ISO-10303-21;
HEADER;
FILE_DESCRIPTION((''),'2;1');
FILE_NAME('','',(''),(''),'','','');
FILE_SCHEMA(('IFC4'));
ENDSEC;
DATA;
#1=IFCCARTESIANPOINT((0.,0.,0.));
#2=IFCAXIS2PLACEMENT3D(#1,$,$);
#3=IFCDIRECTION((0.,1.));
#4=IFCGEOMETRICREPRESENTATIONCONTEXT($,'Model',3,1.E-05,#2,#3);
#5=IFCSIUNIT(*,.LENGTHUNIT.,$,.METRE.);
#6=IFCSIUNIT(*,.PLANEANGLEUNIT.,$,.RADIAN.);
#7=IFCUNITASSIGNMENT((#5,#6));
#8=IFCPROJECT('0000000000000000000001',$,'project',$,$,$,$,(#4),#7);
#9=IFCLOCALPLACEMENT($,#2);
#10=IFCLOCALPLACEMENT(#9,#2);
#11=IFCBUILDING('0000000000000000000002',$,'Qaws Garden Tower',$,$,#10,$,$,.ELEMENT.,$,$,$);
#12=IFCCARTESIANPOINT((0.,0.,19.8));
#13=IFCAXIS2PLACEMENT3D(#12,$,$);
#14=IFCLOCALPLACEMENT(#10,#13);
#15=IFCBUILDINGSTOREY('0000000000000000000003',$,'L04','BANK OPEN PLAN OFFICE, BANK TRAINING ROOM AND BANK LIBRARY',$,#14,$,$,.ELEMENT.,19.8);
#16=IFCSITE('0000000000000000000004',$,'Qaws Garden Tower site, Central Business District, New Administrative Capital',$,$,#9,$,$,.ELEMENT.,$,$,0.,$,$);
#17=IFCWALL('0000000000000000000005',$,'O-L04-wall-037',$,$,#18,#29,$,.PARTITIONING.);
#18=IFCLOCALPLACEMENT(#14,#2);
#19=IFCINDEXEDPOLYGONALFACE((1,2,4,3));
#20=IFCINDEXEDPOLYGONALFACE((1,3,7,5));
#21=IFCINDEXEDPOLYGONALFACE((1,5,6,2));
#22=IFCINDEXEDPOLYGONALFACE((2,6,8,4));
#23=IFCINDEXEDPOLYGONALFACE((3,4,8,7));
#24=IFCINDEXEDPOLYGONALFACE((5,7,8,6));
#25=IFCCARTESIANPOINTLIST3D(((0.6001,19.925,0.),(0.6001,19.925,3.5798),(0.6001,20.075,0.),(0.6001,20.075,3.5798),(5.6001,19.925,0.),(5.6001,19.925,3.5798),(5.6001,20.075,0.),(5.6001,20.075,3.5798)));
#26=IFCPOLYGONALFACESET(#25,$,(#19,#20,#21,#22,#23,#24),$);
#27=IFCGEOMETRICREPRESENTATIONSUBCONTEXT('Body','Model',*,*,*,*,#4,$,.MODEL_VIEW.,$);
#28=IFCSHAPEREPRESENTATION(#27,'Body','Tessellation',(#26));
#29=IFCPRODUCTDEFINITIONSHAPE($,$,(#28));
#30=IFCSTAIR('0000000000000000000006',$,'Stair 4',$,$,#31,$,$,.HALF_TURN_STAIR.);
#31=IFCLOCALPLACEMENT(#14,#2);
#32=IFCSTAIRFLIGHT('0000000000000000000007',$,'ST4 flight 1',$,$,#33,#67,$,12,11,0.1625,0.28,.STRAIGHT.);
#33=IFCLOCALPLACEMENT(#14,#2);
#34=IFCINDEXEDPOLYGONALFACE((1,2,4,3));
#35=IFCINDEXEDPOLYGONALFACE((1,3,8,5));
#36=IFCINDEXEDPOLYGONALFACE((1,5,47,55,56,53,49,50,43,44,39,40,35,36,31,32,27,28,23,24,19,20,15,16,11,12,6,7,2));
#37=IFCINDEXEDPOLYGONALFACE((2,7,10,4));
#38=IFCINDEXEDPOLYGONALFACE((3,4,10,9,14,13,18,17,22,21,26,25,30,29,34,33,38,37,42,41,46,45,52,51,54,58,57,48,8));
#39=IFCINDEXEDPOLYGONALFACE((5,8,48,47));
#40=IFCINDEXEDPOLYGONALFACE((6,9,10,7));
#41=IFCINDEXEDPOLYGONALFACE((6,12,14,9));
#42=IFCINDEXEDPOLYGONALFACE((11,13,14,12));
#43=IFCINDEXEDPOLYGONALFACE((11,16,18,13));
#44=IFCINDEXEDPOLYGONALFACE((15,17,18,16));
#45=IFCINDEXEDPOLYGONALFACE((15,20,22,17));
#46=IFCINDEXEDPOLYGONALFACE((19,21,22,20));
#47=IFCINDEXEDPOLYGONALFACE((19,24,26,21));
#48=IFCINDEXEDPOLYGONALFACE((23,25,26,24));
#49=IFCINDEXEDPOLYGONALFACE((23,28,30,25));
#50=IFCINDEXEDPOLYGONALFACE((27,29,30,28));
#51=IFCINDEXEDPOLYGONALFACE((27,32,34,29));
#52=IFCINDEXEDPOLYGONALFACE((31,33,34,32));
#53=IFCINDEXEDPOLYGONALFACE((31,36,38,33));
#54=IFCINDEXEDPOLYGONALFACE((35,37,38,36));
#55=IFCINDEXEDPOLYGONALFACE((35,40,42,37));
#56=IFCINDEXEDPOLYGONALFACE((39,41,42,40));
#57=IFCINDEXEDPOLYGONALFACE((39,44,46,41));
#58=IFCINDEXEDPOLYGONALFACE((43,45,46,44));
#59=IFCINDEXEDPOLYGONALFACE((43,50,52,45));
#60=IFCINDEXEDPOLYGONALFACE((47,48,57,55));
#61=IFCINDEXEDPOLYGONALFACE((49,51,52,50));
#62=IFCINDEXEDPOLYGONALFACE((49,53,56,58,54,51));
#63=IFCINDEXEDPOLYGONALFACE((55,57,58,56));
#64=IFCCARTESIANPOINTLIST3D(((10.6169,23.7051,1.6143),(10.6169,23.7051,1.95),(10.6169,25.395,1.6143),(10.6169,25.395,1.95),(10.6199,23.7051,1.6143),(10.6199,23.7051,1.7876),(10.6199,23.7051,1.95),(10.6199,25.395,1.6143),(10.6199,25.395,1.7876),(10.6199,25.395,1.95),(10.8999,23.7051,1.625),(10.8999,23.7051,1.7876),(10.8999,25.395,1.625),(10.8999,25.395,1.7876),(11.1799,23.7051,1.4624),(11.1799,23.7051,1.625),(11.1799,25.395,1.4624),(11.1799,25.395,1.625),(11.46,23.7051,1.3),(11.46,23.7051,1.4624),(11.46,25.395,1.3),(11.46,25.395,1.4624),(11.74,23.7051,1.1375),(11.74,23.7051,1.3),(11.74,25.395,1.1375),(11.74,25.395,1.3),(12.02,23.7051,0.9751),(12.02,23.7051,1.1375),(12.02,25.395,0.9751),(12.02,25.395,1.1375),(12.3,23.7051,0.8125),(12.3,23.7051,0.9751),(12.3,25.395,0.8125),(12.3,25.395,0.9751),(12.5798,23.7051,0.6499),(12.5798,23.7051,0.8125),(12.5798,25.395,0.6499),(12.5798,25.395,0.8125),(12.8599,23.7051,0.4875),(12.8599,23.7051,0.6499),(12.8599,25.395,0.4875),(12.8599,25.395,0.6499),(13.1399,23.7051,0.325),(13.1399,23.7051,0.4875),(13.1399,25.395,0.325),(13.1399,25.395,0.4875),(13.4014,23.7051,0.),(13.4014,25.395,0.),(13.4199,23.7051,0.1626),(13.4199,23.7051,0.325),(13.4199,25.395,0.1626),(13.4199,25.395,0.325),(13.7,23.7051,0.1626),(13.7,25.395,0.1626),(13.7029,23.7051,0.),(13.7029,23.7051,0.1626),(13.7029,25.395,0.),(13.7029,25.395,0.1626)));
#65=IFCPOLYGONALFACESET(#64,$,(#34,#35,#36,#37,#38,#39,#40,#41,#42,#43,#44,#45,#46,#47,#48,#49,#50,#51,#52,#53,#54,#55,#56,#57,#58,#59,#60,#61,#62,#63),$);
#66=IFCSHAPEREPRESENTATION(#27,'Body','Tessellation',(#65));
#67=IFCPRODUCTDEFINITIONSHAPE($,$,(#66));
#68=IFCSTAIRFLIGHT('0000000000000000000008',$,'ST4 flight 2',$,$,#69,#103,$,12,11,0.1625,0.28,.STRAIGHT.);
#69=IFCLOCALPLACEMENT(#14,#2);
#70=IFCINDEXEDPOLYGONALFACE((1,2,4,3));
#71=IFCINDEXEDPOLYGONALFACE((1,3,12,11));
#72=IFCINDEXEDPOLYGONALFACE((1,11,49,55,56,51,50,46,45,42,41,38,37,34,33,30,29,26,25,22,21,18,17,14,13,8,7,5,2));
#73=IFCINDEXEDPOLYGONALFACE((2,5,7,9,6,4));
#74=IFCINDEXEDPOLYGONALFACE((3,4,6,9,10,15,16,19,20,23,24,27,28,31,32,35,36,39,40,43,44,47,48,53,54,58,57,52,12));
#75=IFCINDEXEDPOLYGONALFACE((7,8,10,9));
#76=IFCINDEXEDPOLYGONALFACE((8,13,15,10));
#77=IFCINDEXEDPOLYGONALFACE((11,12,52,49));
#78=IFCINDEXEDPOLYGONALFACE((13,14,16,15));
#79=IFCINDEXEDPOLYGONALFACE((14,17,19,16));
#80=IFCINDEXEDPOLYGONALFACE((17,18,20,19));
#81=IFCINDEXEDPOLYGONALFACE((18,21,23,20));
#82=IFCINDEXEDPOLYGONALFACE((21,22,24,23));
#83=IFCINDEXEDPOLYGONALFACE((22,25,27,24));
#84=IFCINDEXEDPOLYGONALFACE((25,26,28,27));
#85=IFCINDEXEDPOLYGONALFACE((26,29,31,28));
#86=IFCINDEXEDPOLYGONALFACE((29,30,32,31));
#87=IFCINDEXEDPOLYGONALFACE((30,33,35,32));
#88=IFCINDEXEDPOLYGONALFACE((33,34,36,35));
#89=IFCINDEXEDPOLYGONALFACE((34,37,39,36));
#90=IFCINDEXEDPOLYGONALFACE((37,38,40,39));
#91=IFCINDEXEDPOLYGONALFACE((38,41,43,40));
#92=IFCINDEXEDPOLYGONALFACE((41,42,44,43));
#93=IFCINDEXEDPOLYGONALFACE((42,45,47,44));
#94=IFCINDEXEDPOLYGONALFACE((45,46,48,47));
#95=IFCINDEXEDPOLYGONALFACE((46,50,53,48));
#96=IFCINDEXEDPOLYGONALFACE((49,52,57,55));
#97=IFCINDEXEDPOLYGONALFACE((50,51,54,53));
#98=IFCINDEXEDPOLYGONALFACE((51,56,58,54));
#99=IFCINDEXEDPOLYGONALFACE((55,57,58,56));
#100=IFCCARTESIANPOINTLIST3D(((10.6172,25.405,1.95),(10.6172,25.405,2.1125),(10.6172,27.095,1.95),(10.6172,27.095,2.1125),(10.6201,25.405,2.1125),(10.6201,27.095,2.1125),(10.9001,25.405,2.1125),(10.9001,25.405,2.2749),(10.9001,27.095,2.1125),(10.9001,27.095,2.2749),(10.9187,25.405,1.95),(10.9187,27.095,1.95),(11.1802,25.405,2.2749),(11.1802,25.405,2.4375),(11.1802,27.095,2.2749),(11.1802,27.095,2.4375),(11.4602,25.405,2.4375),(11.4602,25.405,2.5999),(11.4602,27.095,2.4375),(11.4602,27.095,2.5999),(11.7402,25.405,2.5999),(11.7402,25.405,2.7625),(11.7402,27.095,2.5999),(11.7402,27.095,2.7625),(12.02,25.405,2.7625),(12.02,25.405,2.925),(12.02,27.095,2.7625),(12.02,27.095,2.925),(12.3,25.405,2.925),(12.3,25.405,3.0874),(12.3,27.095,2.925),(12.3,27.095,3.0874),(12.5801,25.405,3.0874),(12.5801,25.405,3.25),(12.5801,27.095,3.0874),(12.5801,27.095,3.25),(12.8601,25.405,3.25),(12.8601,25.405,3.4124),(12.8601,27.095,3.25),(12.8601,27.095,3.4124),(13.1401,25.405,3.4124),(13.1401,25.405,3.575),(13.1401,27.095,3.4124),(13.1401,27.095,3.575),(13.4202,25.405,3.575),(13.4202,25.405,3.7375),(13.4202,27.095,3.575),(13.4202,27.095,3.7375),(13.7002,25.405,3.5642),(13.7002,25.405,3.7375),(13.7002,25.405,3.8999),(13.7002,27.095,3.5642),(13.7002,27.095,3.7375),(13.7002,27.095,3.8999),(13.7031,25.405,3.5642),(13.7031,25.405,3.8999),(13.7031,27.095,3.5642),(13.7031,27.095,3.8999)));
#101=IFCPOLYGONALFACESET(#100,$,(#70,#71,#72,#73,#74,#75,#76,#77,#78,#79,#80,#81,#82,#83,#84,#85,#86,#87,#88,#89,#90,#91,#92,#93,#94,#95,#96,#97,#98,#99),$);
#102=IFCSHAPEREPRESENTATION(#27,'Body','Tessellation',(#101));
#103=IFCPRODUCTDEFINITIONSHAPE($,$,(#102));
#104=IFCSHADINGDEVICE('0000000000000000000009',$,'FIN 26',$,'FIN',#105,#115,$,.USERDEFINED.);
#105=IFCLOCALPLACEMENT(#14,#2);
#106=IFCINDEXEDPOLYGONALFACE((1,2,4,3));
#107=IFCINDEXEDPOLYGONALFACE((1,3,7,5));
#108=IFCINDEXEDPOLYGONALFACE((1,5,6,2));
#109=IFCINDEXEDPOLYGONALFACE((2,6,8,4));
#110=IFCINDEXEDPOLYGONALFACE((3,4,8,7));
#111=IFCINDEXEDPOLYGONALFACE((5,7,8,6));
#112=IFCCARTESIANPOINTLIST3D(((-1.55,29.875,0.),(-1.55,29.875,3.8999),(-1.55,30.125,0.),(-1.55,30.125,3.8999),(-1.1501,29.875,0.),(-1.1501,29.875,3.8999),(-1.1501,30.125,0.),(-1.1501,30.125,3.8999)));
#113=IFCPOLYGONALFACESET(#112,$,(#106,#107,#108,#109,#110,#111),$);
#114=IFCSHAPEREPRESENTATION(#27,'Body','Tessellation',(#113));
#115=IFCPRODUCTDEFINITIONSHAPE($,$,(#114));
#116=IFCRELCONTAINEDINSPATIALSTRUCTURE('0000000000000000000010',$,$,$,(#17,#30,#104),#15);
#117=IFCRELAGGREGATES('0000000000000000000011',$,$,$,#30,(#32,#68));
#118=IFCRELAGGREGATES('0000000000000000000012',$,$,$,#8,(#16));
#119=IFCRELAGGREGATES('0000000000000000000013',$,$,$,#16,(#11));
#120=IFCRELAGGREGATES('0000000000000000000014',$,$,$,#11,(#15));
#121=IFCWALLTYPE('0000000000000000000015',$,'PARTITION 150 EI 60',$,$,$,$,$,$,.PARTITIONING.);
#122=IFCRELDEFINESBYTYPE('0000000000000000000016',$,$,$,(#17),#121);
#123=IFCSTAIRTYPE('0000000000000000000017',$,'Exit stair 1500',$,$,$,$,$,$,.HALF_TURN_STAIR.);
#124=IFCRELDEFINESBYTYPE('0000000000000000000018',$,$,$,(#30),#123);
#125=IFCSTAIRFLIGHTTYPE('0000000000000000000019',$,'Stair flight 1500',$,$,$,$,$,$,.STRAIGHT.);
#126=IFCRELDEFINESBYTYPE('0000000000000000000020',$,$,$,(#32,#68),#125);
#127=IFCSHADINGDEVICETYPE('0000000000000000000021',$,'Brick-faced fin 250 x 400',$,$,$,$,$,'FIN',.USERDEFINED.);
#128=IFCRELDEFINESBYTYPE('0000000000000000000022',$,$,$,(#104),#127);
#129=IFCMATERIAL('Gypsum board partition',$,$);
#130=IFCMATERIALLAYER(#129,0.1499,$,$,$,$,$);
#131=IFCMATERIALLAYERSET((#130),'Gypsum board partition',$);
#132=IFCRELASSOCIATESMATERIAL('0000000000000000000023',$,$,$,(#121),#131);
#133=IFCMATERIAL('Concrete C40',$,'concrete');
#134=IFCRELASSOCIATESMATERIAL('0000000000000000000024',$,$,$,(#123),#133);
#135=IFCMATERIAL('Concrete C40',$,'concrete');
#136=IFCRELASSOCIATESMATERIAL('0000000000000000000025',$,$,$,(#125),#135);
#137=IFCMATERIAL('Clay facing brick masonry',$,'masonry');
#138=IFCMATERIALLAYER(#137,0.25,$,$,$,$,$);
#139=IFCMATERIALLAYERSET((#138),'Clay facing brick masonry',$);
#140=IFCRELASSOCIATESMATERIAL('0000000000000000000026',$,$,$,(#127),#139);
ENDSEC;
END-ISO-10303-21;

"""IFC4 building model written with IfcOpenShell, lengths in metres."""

from ifc_helpers import new_model, si_unit, direction, frame, frame_2d, origin, origin_2d, place, context, subcontext, project, spatial, polyline, rectangle, outline, extrude, material, layer, layer_set, type_object, element, aggregate, save


model = new_model("IFC4")

# Units and contexts
model_context = context("Model", 3, precision=1e-05, world=origin(), true_north=direction((0.0, 1.0)))
body_context = subcontext(model_context, "Body", "Model", "MODEL_VIEW")
ifc_project = project(units=[si_unit("LENGTHUNIT", "METRE"), si_unit("PLANEANGLEUNIT", "RADIAN")], contexts=[model_context])

# Site, building, storey
site_placement = place(None, origin())
site = spatial("IfcSite", under=ifc_project, at=site_placement, Name="Qaws Garden Tower site, Central Business District, New Administrative Capital", CompositionType="ELEMENT", RefElevation=0.0)
building_placement = place(site_placement, origin())
building = spatial("IfcBuilding", under=site, at=building_placement, Name="Qaws Garden Tower", CompositionType="ELEMENT")
storey_placement = place(building_placement, frame((0.0, 0.0, 19.8)))
storey = spatial("IfcBuildingStorey", under=building, at=storey_placement, Name="L04", Description="BANK OPEN PLAN OFFICE, BANK TRAINING ROOM AND BANK LIBRARY", CompositionType="ELEMENT", Elevation=19.8)

# Wall
ifc_material_1 = material(Name="Gypsum board partition")
ifc_layer_1 = layer(ifc_material_1, 0.1499)
ifc_layer_set_1 = layer_set([ifc_layer_1], Name="Gypsum board partition")
wall_type_1 = type_object("IfcWallType", Name="PARTITION 150 EI 60", PredefinedType="PARTITIONING", material=ifc_layer_set_1)
wall_1_placement = place(storey_placement, frame((0.6001, 20.0, 0.0), z_axis=(0.0, 0.0, 1.0), x_axis=(1.0, 0.0, 0.0)))
element("IfcWall", 1, at=wall_1_placement, inside=storey, type_object=wall_type_1, Name="O-L04-wall-037", PredefinedType="PARTITIONING", context=body_context, shape_type="SweptSolid", body=[
    extrude(rectangle(XDim=5.0, YDim=0.1499, at=frame_2d((2.5, 0.0))), origin(), (0.0, 0.0, 1.0), 3.5798),
])

# Stair, stair flights
ifc_material_2 = material(Name="Concrete C40", Category="concrete")
stair_type = type_object("IfcStairType", Name="Exit stair 1500", PredefinedType="HALF_TURN_STAIR", material=ifc_material_2)
stair_placement = place(storey_placement, origin())
stair = element("IfcStair", 2, at=stair_placement, inside=storey, type_object=stair_type, Name="Stair 4", PredefinedType="HALF_TURN_STAIR")
ifc_material_3 = material(Name="Concrete C40", Category="concrete")
stair_flight_type = type_object("IfcStairFlightType", Name="Stair flight 1500", PredefinedType="STRAIGHT", material=ifc_material_3)
stair_flight_1_placement = place(storey_placement, frame((13.7, 24.55, 0.0), z_axis=(0.0, 0.0, 1.0), x_axis=(-1.0, 0.0, 0.0)))
stair_flight_1 = element("IfcStairFlight", 3, at=stair_flight_1_placement, type_object=stair_flight_type, Name="ST4 flight 1", NumberOfRisers=12, NumberOfTreads=11, PredefinedType="STRAIGHT", RiserHeight=0.1625, TreadLength=0.28, context=body_context, shape_type="SweptSolid", body=[
    extrude(outline(polyline([(-0.0029, 0.0), (-0.0029, 0.1626), (0.0, 0.1626), (0.28, 0.1626), (0.28, 0.325), (0.5601, 0.325), (0.5601, 0.4875), (0.8401, 0.4875), (0.8401, 0.6499), (1.1201, 0.6499), (1.1201, 0.8125), (1.3999, 0.8125), (1.3999, 0.9751), (1.6799, 0.9751), (1.6799, 1.1375), (1.96, 1.1375), (1.96, 1.3), (2.24, 1.3), (2.24, 1.4624), (2.52, 1.4624), (2.52, 1.625), (2.8, 1.625), (2.8, 1.7876), (3.0801, 1.7876), (3.0801, 1.95), (3.083, 1.95), (3.083, 1.6143), (3.0801, 1.6143), (0.2986, 0.0), (-0.0029, 0.0)])), frame((0.0, 0.845, 0.0), z_axis=(0.0, -1.0, 0.0), x_axis=(1.0, 0.0, 0.0)), (0.0, 0.0, 1.0), 1.6899),
])
stair_flight_2_placement = place(storey_placement, frame((10.6201, 26.25, 1.95), z_axis=(0.0, 0.0, 1.0), x_axis=(1.0, 0.0, 0.0)))
stair_flight_2 = element("IfcStairFlight", 4, at=stair_flight_2_placement, type_object=stair_flight_type, Name="ST4 flight 2", NumberOfRisers=12, NumberOfTreads=11, PredefinedType="STRAIGHT", RiserHeight=0.1625, TreadLength=0.28, context=body_context, shape_type="SweptSolid", body=[
    extrude(outline(polyline([(-0.0029, 0.0), (-0.0029, 0.1626), (0.0, 0.1626), (0.28, 0.1626), (0.28, 0.325), (0.5601, 0.325), (0.5601, 0.4875), (0.8401, 0.4875), (0.8401, 0.6499), (1.1201, 0.6499), (1.1201, 0.8125), (1.3999, 0.8125), (1.3999, 0.9751), (1.6799, 0.9751), (1.6799, 1.1375), (1.96, 1.1375), (1.96, 1.3), (2.24, 1.3), (2.24, 1.4624), (2.52, 1.4624), (2.52, 1.625), (2.8, 1.625), (2.8, 1.7876), (3.0801, 1.7876), (3.0801, 1.95), (3.083, 1.95), (3.083, 1.6143), (3.0801, 1.6143), (0.2986, 0.0), (-0.0029, 0.0)])), frame((0.0, 0.845, 0.0), z_axis=(0.0, -1.0, 0.0), x_axis=(1.0, 0.0, 0.0)), (0.0, 0.0, 1.0), 1.6899),
])
aggregate(stair, [stair_flight_1, stair_flight_2])

# Shading device
ifc_material_4 = material(Name="Clay facing brick masonry", Category="masonry")
ifc_layer_2 = layer(ifc_material_4, 0.25)
ifc_layer_set_2 = layer_set([ifc_layer_2], Name="Clay facing brick masonry")
shading_device_type = type_object("IfcShadingDeviceType", Name="Brick-faced fin 250 x 400", ElementType="FIN", PredefinedType="USERDEFINED", material=ifc_layer_set_2)
shading_device_placement = place(storey_placement, frame((-1.3501, 30.0, 0.0), z_axis=(0.0, 0.0, 1.0), x_axis=(0.0, -1.0, 0.0)))
element("IfcShadingDevice", 5, at=shading_device_placement, inside=storey, type_object=shading_device_type, Name="FIN 26", ObjectType="FIN", PredefinedType="USERDEFINED", context=body_context, shape_type="SweptSolid", body=[
    extrude(rectangle(XDim=0.25, YDim=0.3999, at=origin_2d()), origin(), (0.0, 0.0, 1.0), 3.8999),
])

save(model, "model.ifc")
